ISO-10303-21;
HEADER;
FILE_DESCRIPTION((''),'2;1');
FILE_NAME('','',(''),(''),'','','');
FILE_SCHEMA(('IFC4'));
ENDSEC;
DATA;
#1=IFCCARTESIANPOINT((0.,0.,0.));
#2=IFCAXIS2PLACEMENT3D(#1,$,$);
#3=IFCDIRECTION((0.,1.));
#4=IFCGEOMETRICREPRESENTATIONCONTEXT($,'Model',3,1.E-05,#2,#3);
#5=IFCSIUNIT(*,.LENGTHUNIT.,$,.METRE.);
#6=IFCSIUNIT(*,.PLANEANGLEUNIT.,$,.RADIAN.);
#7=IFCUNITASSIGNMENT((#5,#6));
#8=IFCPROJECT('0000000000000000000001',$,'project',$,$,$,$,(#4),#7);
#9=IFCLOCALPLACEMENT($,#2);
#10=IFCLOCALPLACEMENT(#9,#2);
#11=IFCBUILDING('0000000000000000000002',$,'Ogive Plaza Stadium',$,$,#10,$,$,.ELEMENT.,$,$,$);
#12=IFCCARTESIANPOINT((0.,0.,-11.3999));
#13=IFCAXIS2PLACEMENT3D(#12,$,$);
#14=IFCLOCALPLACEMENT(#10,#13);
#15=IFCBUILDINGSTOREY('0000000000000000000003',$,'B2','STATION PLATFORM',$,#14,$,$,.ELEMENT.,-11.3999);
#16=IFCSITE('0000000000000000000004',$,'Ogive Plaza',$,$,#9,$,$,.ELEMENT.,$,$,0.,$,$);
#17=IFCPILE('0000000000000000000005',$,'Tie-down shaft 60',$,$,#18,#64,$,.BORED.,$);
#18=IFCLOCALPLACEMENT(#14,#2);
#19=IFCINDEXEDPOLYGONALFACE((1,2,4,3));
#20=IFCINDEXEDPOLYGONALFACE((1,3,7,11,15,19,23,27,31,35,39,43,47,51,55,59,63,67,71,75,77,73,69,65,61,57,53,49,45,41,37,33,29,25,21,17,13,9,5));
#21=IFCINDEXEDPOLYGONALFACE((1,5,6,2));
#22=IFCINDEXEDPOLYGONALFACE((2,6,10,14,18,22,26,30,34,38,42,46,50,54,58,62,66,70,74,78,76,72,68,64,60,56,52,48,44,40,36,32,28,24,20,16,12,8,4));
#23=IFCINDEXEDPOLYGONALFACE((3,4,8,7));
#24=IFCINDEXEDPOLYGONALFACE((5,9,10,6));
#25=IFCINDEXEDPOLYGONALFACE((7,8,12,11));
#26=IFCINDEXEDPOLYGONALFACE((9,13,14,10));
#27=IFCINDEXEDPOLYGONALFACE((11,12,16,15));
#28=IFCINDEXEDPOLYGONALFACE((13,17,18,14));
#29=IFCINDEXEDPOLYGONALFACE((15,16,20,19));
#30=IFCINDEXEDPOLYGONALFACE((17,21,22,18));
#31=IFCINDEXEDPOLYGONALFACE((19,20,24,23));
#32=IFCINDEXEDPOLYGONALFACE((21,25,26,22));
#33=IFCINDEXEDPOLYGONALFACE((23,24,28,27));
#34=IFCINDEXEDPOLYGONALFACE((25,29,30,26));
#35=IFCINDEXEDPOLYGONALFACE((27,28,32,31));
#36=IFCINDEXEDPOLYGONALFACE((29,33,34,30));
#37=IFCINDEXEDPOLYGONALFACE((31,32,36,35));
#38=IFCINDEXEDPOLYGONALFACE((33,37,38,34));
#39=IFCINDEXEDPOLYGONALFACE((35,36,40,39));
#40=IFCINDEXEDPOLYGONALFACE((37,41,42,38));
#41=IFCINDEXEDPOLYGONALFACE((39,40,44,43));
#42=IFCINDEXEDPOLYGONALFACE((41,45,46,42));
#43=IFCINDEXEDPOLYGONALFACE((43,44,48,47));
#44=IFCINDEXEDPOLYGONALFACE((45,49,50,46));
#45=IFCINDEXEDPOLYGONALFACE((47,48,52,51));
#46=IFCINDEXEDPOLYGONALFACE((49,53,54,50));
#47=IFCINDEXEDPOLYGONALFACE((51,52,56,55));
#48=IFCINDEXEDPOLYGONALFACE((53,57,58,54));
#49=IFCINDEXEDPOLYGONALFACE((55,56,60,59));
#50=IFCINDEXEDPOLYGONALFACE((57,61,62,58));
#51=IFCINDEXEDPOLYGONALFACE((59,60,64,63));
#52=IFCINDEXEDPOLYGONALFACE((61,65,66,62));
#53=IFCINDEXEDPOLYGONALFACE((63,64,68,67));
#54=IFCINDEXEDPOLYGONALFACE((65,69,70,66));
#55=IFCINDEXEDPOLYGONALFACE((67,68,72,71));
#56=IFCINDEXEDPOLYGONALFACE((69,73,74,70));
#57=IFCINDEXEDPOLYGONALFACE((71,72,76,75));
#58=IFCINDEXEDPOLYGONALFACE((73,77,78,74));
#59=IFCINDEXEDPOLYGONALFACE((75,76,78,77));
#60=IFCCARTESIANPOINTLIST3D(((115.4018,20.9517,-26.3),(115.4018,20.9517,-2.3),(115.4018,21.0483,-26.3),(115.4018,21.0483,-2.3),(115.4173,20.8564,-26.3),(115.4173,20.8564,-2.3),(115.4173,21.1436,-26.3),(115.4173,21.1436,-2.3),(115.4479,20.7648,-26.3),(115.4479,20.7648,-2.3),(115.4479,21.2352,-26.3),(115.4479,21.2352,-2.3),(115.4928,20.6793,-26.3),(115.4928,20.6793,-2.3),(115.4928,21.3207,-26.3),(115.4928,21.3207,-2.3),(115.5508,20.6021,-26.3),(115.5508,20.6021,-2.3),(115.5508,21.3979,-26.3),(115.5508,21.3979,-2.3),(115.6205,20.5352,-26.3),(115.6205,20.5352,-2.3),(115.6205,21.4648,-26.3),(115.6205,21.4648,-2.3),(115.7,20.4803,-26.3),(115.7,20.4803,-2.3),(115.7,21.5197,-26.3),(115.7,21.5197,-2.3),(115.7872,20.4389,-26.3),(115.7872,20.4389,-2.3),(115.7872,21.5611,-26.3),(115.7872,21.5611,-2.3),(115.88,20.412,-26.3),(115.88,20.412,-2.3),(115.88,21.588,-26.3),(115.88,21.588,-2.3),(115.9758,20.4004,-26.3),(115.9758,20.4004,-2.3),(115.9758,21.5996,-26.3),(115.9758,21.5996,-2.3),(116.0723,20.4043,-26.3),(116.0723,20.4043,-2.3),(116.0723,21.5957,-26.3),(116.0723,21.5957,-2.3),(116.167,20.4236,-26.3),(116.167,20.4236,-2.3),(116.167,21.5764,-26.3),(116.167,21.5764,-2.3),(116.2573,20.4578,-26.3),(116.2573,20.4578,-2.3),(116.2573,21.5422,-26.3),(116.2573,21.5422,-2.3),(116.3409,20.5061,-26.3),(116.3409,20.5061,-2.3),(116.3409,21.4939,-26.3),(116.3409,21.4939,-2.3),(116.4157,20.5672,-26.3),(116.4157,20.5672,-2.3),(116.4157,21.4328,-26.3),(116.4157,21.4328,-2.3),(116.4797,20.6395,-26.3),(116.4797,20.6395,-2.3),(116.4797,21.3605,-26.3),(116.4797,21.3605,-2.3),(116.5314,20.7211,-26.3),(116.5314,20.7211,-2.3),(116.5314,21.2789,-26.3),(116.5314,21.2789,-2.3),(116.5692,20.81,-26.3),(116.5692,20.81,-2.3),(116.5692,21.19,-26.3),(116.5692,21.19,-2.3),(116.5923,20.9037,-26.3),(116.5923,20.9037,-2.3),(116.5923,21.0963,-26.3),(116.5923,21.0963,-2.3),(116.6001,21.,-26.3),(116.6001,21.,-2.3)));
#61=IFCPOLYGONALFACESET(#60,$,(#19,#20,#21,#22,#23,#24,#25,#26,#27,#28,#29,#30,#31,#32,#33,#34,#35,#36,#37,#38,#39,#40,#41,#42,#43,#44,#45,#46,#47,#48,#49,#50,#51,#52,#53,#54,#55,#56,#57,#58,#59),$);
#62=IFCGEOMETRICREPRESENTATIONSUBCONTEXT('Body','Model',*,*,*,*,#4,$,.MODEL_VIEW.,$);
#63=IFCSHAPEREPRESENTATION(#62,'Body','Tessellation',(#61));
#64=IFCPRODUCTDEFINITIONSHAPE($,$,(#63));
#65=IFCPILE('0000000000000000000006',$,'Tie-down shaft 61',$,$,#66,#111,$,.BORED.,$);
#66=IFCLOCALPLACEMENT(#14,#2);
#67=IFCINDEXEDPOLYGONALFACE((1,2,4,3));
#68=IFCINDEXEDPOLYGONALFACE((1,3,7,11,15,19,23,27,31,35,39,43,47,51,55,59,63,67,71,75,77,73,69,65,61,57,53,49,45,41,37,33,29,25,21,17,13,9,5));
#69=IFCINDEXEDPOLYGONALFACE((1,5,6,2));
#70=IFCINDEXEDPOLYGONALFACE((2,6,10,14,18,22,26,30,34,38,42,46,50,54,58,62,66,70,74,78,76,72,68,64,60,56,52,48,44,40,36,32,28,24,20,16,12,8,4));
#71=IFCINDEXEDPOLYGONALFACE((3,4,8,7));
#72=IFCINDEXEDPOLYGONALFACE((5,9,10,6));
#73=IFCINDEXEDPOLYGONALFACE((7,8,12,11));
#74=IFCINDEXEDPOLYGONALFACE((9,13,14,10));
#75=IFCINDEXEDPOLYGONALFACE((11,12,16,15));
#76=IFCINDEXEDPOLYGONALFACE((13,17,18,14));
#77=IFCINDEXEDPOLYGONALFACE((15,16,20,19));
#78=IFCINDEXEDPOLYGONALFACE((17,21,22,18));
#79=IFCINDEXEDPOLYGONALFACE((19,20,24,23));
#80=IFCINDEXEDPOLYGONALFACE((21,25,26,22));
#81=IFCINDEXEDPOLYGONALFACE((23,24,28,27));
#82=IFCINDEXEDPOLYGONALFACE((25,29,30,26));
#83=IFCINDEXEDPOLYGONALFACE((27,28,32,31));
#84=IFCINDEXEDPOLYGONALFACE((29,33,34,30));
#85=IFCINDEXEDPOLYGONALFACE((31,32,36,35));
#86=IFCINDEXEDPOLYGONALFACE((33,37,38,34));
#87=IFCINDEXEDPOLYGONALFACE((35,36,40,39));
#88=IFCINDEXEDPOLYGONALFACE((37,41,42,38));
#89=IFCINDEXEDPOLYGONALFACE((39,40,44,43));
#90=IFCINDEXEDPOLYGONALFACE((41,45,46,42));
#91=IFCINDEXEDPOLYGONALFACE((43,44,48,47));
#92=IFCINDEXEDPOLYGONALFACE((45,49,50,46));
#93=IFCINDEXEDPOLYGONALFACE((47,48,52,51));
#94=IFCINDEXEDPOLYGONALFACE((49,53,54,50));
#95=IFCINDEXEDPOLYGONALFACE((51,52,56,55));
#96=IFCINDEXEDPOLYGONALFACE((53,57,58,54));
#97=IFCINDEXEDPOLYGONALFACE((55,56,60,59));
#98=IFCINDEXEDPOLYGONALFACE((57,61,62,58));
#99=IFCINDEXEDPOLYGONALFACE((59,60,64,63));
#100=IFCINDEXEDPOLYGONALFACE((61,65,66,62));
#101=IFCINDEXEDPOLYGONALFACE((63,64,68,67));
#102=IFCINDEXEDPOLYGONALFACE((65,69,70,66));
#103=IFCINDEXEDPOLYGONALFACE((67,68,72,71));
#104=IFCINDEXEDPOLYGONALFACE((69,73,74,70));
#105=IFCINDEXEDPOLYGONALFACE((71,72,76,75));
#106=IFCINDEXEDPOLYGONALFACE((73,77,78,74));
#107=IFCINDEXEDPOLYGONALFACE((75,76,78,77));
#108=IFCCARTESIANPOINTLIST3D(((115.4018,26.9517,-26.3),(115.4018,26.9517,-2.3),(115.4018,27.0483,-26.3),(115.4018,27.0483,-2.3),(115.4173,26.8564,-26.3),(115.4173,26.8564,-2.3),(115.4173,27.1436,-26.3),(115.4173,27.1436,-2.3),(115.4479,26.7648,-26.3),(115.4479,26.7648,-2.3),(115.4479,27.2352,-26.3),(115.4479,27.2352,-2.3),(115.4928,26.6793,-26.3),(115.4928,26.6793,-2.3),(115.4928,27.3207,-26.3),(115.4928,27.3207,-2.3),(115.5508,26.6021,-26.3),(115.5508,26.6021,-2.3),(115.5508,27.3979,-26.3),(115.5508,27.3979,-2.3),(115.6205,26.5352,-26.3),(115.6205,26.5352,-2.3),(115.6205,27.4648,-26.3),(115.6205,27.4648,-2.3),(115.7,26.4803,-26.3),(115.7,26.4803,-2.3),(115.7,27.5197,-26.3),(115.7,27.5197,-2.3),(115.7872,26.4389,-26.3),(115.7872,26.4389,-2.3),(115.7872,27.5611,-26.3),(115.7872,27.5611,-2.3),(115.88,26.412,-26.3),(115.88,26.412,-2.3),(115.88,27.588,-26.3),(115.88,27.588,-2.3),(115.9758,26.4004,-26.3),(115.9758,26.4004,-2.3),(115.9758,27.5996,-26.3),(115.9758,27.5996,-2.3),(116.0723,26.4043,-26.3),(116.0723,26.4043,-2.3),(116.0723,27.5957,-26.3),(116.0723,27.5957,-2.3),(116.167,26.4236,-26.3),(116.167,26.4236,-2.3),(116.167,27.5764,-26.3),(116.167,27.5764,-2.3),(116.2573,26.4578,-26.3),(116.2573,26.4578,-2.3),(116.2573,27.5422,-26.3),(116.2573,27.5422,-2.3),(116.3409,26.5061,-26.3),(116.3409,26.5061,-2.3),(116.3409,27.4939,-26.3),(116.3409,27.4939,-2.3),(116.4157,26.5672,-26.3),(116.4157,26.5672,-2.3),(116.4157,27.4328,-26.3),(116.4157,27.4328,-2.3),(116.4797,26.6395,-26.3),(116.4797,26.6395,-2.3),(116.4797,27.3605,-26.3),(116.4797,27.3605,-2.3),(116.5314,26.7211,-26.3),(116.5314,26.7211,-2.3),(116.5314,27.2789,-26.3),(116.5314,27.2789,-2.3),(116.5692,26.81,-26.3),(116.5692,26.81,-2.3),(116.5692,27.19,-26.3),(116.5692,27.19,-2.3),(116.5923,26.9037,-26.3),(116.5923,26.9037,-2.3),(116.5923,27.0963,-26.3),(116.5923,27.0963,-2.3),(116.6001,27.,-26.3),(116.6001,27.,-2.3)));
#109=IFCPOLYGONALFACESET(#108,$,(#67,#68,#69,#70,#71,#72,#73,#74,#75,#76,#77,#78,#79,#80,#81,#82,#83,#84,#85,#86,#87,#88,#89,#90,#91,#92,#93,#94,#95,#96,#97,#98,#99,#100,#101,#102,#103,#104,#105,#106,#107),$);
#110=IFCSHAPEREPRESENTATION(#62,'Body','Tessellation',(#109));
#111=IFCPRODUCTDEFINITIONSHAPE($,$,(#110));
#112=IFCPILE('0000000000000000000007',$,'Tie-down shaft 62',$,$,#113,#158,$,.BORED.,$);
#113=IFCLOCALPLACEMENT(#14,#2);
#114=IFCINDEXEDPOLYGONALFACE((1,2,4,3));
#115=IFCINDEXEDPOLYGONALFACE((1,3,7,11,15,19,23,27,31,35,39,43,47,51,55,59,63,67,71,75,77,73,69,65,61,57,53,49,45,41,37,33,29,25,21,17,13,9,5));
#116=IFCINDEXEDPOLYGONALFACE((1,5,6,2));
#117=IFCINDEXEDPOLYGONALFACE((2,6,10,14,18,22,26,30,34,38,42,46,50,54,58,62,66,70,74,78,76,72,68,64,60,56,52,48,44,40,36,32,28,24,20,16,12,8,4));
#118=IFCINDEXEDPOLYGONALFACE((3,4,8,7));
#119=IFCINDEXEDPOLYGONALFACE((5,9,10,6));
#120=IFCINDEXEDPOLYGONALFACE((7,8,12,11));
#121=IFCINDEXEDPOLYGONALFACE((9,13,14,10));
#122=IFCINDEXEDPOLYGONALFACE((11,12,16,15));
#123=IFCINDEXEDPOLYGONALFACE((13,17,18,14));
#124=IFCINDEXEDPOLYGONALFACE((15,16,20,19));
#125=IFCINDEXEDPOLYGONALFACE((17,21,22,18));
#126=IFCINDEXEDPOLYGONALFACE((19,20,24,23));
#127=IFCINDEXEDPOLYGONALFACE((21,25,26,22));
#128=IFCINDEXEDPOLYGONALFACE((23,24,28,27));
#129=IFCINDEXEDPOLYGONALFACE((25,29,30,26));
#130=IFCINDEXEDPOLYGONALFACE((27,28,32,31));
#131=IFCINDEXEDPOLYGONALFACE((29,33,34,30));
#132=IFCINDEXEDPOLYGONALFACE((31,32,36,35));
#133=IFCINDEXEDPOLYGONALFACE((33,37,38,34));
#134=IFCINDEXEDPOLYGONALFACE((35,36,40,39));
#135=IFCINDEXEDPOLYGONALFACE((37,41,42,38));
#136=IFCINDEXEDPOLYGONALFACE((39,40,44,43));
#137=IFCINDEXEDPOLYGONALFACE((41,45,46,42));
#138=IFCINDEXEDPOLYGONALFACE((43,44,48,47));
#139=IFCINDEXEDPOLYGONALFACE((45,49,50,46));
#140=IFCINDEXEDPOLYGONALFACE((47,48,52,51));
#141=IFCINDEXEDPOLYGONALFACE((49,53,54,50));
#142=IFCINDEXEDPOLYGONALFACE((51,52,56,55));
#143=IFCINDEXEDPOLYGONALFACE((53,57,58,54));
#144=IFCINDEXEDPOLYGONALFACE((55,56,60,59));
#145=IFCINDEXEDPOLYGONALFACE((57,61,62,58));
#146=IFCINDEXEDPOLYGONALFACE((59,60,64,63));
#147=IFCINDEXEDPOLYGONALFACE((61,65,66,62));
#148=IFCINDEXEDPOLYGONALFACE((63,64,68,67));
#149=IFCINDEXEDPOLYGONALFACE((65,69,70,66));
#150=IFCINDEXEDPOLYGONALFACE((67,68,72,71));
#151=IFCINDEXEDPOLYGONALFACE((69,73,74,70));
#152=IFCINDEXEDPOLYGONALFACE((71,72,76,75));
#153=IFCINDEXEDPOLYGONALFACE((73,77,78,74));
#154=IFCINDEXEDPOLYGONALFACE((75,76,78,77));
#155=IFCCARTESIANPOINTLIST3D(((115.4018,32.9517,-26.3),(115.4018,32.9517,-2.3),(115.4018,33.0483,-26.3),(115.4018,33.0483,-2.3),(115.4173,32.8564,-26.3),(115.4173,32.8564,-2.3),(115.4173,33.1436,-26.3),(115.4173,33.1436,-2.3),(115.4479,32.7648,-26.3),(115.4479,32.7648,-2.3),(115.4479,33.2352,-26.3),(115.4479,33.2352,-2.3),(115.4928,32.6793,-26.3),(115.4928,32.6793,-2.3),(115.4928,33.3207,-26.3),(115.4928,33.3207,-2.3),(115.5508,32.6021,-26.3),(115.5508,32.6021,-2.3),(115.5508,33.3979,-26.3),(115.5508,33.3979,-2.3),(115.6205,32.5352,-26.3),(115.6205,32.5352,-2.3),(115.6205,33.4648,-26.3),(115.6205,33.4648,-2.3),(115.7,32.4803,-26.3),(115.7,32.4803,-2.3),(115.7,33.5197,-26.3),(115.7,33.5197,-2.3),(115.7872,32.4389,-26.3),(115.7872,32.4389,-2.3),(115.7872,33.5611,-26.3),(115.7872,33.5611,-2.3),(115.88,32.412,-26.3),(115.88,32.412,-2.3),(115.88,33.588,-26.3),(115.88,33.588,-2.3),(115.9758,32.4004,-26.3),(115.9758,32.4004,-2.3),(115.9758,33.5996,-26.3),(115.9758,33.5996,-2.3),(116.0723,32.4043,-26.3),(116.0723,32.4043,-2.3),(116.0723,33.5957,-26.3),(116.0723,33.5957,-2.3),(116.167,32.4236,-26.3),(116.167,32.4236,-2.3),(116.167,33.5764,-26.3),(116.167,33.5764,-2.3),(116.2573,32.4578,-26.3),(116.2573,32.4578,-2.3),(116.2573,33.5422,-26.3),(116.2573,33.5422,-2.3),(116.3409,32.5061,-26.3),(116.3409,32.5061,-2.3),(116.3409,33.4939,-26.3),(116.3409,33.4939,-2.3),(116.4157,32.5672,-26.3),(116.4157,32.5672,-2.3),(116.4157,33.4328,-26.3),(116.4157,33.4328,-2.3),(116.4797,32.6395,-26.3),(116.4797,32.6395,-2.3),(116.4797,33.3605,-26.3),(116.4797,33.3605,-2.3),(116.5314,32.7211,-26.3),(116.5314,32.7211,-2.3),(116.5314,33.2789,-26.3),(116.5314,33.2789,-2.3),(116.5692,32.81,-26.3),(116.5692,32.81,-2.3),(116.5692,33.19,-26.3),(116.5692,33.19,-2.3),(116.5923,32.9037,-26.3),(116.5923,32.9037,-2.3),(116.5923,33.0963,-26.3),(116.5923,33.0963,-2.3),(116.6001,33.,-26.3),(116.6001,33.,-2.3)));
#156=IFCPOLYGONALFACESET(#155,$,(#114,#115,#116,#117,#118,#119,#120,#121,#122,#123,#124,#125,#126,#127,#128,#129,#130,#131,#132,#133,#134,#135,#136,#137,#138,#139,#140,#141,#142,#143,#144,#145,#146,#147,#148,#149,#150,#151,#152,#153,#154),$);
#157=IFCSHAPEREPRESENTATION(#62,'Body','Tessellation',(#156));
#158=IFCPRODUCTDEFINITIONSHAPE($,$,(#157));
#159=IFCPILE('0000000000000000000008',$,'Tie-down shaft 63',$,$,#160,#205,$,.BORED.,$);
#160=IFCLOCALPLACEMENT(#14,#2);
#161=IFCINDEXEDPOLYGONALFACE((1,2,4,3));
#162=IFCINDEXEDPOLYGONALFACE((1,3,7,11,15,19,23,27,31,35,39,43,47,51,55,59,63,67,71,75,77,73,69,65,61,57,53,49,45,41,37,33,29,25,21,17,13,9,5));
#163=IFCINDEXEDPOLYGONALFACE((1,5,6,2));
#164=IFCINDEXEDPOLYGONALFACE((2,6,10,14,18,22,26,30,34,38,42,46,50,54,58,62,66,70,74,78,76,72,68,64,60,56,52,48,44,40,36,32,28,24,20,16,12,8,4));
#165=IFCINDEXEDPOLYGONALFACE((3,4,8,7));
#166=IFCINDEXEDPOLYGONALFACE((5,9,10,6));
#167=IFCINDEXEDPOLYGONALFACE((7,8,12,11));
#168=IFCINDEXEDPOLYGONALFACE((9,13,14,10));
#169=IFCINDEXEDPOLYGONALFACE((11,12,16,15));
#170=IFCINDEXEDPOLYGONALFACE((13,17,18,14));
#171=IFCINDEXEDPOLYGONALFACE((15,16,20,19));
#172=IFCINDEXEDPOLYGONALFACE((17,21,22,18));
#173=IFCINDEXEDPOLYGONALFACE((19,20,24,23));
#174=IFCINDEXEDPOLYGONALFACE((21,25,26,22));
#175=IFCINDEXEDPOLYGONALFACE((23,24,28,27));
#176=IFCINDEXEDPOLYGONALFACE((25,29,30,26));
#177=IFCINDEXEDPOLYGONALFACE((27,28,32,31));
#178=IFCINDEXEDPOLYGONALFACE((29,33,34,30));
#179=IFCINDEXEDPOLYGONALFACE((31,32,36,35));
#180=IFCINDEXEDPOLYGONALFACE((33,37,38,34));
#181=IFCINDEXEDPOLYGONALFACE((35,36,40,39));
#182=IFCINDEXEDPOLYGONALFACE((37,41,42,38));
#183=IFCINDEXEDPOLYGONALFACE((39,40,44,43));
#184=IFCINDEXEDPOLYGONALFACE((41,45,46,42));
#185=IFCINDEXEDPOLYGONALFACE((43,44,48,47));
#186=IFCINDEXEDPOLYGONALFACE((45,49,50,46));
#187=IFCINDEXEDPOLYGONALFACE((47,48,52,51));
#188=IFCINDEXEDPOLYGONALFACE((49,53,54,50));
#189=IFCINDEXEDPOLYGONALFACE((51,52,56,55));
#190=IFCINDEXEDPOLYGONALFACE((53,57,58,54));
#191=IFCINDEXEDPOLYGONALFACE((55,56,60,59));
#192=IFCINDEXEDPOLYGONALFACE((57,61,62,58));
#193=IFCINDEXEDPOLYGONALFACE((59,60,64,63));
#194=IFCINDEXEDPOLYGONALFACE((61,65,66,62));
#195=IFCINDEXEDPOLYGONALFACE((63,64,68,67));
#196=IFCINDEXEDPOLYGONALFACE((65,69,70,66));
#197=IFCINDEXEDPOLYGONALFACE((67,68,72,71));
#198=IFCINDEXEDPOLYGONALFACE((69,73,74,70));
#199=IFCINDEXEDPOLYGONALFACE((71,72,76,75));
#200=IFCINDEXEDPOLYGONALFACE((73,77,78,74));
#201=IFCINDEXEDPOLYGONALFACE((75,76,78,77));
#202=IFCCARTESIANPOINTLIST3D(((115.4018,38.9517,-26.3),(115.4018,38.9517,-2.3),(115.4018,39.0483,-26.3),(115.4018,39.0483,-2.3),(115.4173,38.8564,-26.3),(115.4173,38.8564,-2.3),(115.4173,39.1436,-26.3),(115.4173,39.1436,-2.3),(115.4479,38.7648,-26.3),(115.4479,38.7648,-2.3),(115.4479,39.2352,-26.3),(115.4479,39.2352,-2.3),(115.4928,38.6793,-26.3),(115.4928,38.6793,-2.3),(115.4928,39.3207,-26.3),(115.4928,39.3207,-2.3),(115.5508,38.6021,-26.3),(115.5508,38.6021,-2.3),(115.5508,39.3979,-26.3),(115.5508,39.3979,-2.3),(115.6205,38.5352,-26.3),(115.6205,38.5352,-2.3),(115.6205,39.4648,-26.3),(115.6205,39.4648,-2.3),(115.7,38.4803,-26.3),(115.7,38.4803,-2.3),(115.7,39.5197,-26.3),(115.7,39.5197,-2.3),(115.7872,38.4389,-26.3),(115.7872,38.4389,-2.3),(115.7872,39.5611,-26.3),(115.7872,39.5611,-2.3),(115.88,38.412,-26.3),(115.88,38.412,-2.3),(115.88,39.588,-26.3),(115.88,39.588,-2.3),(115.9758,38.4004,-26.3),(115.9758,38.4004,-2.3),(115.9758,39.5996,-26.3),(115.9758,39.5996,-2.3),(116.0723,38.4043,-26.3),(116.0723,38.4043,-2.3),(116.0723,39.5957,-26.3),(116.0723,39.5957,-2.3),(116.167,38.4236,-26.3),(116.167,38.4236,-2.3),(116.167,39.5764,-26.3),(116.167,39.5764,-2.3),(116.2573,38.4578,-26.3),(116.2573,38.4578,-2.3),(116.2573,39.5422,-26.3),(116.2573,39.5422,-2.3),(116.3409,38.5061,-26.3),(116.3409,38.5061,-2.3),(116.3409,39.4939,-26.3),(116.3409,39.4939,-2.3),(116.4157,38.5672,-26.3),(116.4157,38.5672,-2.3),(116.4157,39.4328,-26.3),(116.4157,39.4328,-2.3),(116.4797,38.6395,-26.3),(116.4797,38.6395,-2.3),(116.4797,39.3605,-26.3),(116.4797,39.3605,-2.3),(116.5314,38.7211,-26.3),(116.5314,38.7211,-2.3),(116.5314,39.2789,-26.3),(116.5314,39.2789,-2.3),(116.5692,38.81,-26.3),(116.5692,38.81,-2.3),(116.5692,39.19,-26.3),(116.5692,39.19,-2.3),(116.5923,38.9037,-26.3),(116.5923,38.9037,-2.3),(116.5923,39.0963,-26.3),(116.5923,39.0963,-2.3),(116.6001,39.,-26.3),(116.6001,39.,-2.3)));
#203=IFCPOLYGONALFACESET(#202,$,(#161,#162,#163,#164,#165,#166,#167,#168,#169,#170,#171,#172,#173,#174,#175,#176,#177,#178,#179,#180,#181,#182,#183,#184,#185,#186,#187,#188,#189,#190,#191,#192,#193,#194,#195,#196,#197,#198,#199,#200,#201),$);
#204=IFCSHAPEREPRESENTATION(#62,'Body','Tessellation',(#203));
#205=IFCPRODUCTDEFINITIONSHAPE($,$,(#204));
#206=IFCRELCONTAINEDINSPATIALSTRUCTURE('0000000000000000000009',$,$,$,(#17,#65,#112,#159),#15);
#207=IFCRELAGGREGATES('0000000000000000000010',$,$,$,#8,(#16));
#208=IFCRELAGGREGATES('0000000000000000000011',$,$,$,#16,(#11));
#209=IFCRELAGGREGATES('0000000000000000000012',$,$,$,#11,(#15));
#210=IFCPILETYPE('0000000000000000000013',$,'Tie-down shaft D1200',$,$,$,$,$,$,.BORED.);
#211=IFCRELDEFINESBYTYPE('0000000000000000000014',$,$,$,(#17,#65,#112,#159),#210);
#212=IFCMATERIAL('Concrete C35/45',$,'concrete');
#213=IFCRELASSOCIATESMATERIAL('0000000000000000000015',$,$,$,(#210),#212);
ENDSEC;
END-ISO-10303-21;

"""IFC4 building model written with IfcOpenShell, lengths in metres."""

from ifc_helpers import new_model, si_unit, direction, frame, origin, origin_2d, place, context, subcontext, project, spatial, circle, extrude, material, material_profile, profile_set, type_object, element, save


model = new_model("IFC4")

# Units and contexts
model_context = context("Model", 3, precision=1e-05, world=origin(), true_north=direction((0.0, 1.0)))
body_context = subcontext(model_context, "Body", "Model", "MODEL_VIEW")
ifc_project = project(units=[si_unit("LENGTHUNIT", "METRE"), si_unit("PLANEANGLEUNIT", "RADIAN")], contexts=[model_context])

# Site, building, storey
site_placement = place(None, origin())
site = spatial("IfcSite", under=ifc_project, at=site_placement, Name="Ogive Plaza", CompositionType="ELEMENT", RefElevation=0.0)
building_placement = place(site_placement, origin())
building = spatial("IfcBuilding", under=site, at=building_placement, Name="Ogive Plaza Stadium", CompositionType="ELEMENT")
storey_placement = place(building_placement, frame((0.0, 0.0, -11.3999)))
storey = spatial("IfcBuildingStorey", under=building, at=storey_placement, Name="B2", Description="STATION PLATFORM", CompositionType="ELEMENT", Elevation=-11.3999)

# Piles
ifc_material_1 = material(Name="Concrete C35/45", Category="concrete")
ifc_material_profile_1 = material_profile(ifc_material_1, circle(Radius=0.6001, at=origin_2d()), Name="Tie-down shaft D1200")
ifc_profile_set_1 = profile_set([ifc_material_profile_1], Name="Concrete C35/45")
pile_type = type_object("IfcPileType", Name="Tie-down shaft D1200", PredefinedType="BORED", material=ifc_profile_set_1)
for number, where, z_axis, x_axis, name in (
    (1, (116.0, 21.0, -2.3), (0.0, 0.0, -1.0), (1.0, 0.0, 0.0), "Tie-down shaft 60"),
    (2, (116.0, 27.0, -2.3), (0.0, 0.0, -1.0), (1.0, 0.0, 0.0), "Tie-down shaft 61"),
    (3, (116.0, 33.0, -2.3), (0.0, 0.0, -1.0), (1.0, 0.0, 0.0), "Tie-down shaft 62"),
    (4, (116.0, 39.0, -2.3), (0.0, 0.0, -1.0), (1.0, 0.0, 0.0), "Tie-down shaft 63"),
):
    element("IfcPile", number, at=place(storey_placement, frame(where, z_axis=z_axis, x_axis=x_axis)), inside=storey, type_object=pile_type, Name=name, PredefinedType="BORED", context=body_context, shape_type="SweptSolid", body=[
        extrude(circle(Radius=0.6001, at=origin_2d()), origin(), (0.0, 0.0, 1.0), 24.0),
    ])

save(model, "model.ifc")
